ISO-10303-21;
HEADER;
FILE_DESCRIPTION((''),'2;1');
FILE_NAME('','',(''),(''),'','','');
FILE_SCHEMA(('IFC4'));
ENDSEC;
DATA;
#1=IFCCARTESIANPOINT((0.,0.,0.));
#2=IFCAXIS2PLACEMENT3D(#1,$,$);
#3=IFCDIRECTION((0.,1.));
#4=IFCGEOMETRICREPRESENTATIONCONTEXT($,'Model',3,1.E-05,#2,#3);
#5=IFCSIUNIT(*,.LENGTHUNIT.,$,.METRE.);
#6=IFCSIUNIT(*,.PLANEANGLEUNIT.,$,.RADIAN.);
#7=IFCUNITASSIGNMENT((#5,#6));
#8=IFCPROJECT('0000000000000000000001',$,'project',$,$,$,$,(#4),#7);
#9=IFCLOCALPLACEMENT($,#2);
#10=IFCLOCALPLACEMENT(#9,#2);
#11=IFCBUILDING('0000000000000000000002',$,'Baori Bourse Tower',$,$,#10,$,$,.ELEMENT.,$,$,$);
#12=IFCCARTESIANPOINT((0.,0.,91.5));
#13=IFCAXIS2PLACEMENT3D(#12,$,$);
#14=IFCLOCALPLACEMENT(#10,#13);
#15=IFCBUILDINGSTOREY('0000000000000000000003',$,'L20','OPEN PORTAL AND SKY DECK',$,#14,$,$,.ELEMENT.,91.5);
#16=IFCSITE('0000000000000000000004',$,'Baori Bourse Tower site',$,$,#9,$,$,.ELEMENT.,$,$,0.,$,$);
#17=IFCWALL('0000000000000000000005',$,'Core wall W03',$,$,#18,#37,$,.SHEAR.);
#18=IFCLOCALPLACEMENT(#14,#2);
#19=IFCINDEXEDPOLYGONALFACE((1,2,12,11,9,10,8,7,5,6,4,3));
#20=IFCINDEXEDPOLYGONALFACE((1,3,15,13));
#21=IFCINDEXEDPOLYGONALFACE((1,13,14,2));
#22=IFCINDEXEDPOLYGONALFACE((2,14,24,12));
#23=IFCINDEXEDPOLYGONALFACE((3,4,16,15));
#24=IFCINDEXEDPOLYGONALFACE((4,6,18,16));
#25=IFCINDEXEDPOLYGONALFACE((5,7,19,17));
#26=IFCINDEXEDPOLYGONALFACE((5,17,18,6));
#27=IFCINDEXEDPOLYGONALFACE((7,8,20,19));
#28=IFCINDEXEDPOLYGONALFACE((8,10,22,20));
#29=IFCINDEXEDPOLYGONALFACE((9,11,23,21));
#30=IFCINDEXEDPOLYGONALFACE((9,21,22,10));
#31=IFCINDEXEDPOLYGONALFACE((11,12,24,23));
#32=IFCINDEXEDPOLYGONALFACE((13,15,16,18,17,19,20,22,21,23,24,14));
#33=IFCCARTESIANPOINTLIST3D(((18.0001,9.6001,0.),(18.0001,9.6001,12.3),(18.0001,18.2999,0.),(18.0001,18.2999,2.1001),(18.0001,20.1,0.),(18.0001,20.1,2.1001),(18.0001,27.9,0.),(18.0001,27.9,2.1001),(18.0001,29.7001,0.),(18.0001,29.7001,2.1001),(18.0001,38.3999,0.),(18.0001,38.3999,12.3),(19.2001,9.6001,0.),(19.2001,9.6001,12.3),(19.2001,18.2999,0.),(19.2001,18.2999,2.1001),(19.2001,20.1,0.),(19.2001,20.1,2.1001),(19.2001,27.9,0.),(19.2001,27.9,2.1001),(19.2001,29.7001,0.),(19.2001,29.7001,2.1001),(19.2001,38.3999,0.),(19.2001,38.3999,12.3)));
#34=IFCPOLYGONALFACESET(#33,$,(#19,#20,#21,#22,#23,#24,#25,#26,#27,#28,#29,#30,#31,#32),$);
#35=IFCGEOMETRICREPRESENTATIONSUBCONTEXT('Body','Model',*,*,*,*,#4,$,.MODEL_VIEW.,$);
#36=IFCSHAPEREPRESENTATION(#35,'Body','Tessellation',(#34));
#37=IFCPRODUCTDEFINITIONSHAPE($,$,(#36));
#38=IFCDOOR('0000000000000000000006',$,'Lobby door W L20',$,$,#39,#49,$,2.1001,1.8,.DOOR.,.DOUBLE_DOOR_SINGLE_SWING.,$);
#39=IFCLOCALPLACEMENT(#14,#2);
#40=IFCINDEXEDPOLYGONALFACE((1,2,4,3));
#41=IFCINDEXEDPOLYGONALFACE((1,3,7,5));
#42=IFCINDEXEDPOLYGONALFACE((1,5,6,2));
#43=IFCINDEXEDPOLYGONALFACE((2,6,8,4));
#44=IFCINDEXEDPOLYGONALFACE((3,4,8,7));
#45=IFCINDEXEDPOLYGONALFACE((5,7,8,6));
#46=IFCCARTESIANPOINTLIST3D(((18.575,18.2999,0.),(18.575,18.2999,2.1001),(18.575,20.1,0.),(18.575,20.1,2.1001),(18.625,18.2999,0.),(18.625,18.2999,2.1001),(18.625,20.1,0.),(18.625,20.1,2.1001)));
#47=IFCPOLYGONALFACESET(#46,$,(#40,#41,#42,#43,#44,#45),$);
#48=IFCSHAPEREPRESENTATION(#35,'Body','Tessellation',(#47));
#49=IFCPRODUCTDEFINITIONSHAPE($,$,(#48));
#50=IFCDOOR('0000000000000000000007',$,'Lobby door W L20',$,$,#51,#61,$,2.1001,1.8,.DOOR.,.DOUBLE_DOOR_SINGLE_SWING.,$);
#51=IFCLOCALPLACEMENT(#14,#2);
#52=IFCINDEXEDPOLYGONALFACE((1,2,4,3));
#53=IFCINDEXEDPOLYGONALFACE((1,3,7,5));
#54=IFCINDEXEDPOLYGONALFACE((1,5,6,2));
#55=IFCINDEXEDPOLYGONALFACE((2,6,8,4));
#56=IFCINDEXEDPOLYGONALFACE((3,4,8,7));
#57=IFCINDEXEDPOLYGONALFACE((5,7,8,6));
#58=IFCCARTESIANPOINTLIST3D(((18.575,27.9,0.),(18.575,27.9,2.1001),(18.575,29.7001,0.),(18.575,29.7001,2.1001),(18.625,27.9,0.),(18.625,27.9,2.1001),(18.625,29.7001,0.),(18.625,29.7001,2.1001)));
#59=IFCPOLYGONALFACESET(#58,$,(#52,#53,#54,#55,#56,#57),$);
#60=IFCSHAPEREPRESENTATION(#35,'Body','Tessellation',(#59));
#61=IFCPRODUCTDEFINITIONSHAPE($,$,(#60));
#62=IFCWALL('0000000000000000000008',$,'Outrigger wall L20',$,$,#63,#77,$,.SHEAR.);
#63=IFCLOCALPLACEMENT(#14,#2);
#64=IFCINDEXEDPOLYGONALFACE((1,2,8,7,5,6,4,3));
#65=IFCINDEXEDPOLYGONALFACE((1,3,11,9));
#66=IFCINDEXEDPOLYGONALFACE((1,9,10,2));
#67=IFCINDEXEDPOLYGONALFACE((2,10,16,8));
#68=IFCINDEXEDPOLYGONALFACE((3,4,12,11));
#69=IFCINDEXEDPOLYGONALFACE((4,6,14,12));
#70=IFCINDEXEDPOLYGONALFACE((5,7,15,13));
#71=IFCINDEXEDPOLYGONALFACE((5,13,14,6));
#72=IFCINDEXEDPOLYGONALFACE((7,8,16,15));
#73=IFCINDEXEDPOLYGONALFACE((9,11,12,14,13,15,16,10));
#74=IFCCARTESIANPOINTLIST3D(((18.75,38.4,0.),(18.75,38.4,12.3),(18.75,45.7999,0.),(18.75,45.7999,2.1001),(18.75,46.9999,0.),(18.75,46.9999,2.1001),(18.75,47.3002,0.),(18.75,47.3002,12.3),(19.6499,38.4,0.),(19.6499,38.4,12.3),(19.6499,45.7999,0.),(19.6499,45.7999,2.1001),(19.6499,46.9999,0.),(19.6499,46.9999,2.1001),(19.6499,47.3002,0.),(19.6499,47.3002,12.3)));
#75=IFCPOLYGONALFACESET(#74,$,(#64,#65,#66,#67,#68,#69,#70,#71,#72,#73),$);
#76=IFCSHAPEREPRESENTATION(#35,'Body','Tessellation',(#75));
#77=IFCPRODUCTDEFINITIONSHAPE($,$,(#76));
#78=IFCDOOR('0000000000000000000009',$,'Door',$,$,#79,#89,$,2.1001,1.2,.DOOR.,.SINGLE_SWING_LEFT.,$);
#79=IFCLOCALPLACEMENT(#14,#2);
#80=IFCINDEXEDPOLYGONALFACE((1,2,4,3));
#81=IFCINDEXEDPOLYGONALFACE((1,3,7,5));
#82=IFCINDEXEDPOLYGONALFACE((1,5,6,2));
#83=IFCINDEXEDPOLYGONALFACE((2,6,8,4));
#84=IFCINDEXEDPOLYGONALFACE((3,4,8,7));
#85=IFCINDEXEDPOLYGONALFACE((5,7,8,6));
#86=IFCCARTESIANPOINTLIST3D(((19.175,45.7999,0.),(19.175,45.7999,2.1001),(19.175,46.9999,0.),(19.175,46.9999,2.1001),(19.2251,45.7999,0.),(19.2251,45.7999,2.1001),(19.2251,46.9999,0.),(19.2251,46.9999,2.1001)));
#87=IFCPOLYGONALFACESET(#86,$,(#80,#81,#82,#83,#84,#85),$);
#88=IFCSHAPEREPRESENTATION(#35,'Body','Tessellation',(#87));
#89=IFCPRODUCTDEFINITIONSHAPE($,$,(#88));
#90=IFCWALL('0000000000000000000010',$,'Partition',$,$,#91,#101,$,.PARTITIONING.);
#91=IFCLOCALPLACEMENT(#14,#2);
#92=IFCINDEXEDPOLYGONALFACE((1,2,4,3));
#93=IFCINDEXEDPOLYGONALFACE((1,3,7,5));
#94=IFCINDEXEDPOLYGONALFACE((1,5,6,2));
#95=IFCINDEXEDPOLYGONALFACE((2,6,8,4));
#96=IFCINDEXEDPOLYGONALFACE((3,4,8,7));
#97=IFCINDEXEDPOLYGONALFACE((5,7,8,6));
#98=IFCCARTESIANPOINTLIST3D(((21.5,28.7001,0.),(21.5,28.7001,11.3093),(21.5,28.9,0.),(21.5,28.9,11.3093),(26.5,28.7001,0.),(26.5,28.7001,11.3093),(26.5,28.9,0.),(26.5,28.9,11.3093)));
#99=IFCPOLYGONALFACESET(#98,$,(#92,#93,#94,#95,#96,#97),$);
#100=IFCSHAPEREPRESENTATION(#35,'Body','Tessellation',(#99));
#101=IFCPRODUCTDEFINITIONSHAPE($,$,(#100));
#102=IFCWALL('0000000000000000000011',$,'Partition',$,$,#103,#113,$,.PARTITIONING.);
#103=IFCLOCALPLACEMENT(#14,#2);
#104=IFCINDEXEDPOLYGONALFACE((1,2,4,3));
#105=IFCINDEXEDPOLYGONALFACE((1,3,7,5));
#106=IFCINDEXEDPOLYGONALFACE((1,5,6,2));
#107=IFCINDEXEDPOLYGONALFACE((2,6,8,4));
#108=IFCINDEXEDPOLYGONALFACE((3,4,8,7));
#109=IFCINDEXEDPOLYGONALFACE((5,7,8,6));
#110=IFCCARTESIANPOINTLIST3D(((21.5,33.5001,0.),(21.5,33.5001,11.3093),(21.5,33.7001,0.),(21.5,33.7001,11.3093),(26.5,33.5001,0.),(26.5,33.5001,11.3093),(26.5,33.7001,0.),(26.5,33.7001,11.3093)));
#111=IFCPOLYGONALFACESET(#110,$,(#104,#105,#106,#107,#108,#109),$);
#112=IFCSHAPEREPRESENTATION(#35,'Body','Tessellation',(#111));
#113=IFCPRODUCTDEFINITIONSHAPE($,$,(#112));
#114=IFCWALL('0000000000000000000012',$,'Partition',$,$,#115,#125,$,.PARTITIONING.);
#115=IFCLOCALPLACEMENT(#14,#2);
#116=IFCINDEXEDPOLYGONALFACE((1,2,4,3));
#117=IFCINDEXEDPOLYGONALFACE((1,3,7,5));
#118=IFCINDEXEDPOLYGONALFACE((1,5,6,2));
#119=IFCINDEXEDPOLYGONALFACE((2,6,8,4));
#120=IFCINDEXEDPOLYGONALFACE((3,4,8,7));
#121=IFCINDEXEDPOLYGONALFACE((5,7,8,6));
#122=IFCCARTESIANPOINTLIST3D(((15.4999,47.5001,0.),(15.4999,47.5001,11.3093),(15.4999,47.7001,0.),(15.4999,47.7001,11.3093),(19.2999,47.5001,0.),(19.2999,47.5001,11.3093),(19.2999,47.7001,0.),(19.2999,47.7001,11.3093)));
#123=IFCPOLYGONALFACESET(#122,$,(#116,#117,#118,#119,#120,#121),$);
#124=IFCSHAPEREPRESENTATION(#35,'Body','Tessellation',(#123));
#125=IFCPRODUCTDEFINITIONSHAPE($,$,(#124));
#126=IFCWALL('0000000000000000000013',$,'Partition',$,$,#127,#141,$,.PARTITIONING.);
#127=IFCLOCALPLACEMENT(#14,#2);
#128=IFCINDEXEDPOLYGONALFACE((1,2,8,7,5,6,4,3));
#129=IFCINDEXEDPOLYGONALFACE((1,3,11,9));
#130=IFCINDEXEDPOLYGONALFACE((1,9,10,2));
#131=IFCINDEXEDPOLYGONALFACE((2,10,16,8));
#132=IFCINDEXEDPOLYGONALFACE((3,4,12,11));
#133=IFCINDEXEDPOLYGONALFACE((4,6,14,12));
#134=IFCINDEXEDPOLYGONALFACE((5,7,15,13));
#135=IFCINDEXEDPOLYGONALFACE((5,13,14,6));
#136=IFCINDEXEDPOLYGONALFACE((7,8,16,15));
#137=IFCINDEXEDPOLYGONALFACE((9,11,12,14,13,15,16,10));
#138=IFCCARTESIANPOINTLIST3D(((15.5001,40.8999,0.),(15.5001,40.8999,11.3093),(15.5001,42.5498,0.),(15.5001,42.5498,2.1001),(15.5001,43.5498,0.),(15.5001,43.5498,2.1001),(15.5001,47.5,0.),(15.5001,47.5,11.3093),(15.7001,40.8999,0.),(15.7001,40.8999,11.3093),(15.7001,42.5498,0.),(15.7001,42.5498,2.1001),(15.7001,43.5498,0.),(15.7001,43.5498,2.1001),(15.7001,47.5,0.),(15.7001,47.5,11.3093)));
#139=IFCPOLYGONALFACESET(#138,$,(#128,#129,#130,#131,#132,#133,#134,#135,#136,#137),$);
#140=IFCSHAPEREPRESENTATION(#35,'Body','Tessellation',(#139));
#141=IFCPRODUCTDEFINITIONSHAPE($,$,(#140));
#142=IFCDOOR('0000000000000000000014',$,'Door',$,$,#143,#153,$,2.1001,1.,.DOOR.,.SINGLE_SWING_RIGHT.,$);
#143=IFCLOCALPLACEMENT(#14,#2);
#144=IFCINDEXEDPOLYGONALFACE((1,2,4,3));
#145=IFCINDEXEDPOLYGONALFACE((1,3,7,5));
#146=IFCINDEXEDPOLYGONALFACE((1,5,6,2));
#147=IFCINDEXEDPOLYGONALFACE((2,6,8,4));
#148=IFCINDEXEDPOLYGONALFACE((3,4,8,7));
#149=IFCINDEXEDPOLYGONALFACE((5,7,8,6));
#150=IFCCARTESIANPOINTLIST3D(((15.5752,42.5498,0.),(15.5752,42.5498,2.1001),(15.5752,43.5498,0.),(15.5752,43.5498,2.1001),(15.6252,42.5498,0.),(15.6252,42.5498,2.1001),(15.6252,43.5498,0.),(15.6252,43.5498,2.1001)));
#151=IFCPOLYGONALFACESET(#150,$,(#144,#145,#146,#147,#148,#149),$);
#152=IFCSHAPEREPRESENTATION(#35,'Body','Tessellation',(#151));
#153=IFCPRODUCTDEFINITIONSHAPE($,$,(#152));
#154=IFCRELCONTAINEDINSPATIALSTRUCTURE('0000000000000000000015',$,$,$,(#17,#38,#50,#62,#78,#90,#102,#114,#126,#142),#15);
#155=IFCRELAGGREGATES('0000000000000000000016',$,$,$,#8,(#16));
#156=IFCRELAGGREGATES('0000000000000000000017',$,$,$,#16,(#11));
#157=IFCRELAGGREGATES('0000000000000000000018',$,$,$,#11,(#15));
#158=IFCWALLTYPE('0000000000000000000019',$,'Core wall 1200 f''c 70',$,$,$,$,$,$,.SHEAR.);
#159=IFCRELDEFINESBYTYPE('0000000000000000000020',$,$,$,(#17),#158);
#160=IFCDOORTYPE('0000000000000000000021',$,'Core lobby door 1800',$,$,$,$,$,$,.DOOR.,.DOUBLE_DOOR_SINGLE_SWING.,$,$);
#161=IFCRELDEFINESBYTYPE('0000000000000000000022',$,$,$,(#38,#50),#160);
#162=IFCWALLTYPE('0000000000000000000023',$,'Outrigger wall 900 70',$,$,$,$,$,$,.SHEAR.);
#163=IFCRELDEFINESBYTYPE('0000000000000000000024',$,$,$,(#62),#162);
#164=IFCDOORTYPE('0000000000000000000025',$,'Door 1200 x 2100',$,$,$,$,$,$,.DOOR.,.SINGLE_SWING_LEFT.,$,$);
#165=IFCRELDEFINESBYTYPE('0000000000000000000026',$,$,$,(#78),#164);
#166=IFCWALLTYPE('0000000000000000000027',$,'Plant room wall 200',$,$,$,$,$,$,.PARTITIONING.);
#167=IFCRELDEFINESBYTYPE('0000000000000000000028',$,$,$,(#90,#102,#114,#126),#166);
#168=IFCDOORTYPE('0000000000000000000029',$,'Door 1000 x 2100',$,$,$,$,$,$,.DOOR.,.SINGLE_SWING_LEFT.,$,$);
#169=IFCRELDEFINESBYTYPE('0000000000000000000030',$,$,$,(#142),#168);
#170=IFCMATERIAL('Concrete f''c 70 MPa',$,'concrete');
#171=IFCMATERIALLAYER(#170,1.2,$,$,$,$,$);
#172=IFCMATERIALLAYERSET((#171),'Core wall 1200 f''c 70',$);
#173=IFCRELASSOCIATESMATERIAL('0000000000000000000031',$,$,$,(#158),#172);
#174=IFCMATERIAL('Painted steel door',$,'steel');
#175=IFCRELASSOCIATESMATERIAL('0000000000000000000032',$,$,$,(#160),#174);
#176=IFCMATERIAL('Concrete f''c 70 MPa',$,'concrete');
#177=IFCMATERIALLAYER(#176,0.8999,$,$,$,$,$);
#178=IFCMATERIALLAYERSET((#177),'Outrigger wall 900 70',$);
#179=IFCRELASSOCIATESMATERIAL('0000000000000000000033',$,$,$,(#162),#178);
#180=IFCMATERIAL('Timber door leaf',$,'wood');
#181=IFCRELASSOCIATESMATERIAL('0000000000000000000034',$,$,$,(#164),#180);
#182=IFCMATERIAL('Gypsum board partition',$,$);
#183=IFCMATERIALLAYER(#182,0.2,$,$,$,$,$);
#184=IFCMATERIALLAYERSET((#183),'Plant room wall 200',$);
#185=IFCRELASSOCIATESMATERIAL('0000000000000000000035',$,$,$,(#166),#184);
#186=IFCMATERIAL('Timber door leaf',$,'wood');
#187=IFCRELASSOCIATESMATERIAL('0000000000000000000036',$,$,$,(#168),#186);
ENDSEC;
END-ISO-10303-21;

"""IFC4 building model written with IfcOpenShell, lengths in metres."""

from ifc_helpers import new_model, si_unit, direction, frame, frame_2d, origin, place, context, subcontext, project, spatial, rectangle, extrude, material, layer, layer_set, type_object, element, fill, save


model = new_model("IFC4")

# Units and contexts
model_context = context("Model", 3, precision=1e-05, world=origin(), true_north=direction((0.0, 1.0)))
body_context = subcontext(model_context, "Body", "Model", "MODEL_VIEW")
ifc_project = project(units=[si_unit("LENGTHUNIT", "METRE"), si_unit("PLANEANGLEUNIT", "RADIAN")], contexts=[model_context])

# Site, building, storey
site_placement = place(None, origin())
site = spatial("IfcSite", under=ifc_project, at=site_placement, Name="Baori Bourse Tower site", CompositionType="ELEMENT", RefElevation=0.0)
building_placement = place(site_placement, origin())
building = spatial("IfcBuilding", under=site, at=building_placement, Name="Baori Bourse Tower", CompositionType="ELEMENT")
storey_placement = place(building_placement, frame((0.0, 0.0, 91.5)))
storey = spatial("IfcBuildingStorey", under=building, at=storey_placement, Name="L20", Description="OPEN PORTAL AND SKY DECK", CompositionType="ELEMENT", Elevation=91.5)

# Wall, openings, doors
ifc_material_1 = material(Name="Concrete f'c 70 MPa", Category="concrete")
ifc_layer_1 = layer(ifc_material_1, 1.2)
ifc_layer_set_1 = layer_set([ifc_layer_1], Name="Core wall 1200 f'c 70")
wall_type_1 = type_object("IfcWallType", Name="Core wall 1200 f'c 70", PredefinedType="SHEAR", material=ifc_layer_set_1)
wall_1_placement = place(storey_placement, frame((18.6001, 38.3999, 0.0), z_axis=(0.0, 0.0, 1.0), x_axis=(0.0, -1.0, 0.0)))
wall_1 = element("IfcWall", 1, at=wall_1_placement, inside=storey, type_object=wall_type_1, Name="Core wall W03", PredefinedType="SHEAR", context=body_context, shape_type="SweptSolid", body=[
    extrude(rectangle(XDim=28.7998, YDim=1.2, at=frame_2d((14.3999, 0.0))), origin(), (0.0, 0.0, 1.0), 12.3),
])
opening_1_placement = place(wall_1_placement, frame((18.3, 0.0, 0.0)))
opening_1 = element("IfcOpeningElement", 2, at=opening_1_placement, cuts=wall_1, PredefinedType="OPENING", context=body_context, shape_type="SweptSolid", body=[
    extrude(rectangle(XDim=1.8, YDim=2.1001, at=frame_2d((0.8999, 1.05))), frame((0.0, 0.6099, 0.0), z_axis=(0.0, -1.0, 0.0), x_axis=(1.0, 0.0, 0.0)), (0.0, 0.0, 1.0), 1.22),
])
opening_2_placement = place(wall_1_placement, frame((8.7, 0.0, 0.0)))
opening_2 = element("IfcOpeningElement", 3, at=opening_2_placement, cuts=wall_1, PredefinedType="OPENING", context=body_context, shape_type="SweptSolid", body=[
    extrude(rectangle(XDim=1.8, YDim=2.1001, at=frame_2d((0.8999, 1.05))), frame((0.0, 0.6099, 0.0), z_axis=(0.0, -1.0, 0.0), x_axis=(1.0, 0.0, 0.0)), (0.0, 0.0, 1.0), 1.22),
])
ifc_material_2 = material(Name="Painted steel door", Category="steel")
door_type_1 = type_object("IfcDoorType", Name="Core lobby door 1800", OperationType="DOUBLE_DOOR_SINGLE_SWING", PredefinedType="DOOR", material=ifc_material_2)
door_1_placement = place(opening_1_placement, origin())
door_1 = element("IfcDoor", 4, at=door_1_placement, inside=storey, type_object=door_type_1, Name="Lobby door W L20", OperationType="DOUBLE_DOOR_SINGLE_SWING", OverallHeight=2.1001, OverallWidth=1.8, PredefinedType="DOOR", context=body_context, shape_type="SweptSolid", body=[
    extrude(rectangle(XDim=1.8, YDim=2.1001, at=frame_2d((0.8999, 1.05))), frame((0.0, 0.0249, 0.0), z_axis=(0.0, -1.0, 0.0), x_axis=(1.0, 0.0, 0.0)), (0.0, 0.0, 1.0), 0.05),
])
fill(opening_1, door_1)
door_2_placement = place(opening_2_placement, origin())
door_2 = element("IfcDoor", 5, at=door_2_placement, inside=storey, type_object=door_type_1, Name="Lobby door W L20", OperationType="DOUBLE_DOOR_SINGLE_SWING", OverallHeight=2.1001, OverallWidth=1.8, PredefinedType="DOOR", context=body_context, shape_type="SweptSolid", body=[
    extrude(rectangle(XDim=1.8, YDim=2.1001, at=frame_2d((0.8999, 1.05))), frame((0.0, 0.0249, 0.0), z_axis=(0.0, -1.0, 0.0), x_axis=(1.0, 0.0, 0.0)), (0.0, 0.0, 1.0), 0.05),
])
fill(opening_2, door_2)

# Wall, opening, door
ifc_material_3 = material(Name="Concrete f'c 70 MPa", Category="concrete")
ifc_layer_2 = layer(ifc_material_3, 0.8999)
ifc_layer_set_2 = layer_set([ifc_layer_2], Name="Outrigger wall 900 70")
wall_type_2 = type_object("IfcWallType", Name="Outrigger wall 900 70", PredefinedType="SHEAR", material=ifc_layer_set_2)
wall_2_placement = place(storey_placement, frame((19.2, 38.3999, 0.0), z_axis=(0.0, 0.0, 1.0), x_axis=(0.0, 1.0, 0.0)))
wall_2 = element("IfcWall", 6, at=wall_2_placement, inside=storey, type_object=wall_type_2, Name="Outrigger wall L20", PredefinedType="SHEAR", context=body_context, shape_type="SweptSolid", body=[
    extrude(rectangle(XDim=8.9001, YDim=0.8999, at=frame_2d((4.4502, 0.0))), origin(), (0.0, 0.0, 1.0), 12.3),
])
opening_3_placement = place(wall_2_placement, frame((7.3999, 0.0, 0.0)))
opening_3 = element("IfcOpeningElement", 7, at=opening_3_placement, cuts=wall_2, PredefinedType="OPENING", context=body_context, shape_type="SweptSolid", body=[
    extrude(rectangle(XDim=1.2, YDim=2.1001, at=frame_2d((0.6001, 1.05))), frame((0.0, 0.46, 0.0), z_axis=(0.0, -1.0, 0.0), x_axis=(1.0, 0.0, 0.0)), (0.0, 0.0, 1.0), 0.9199),
])
ifc_material_4 = material(Name="Timber door leaf", Category="wood")
door_type_2 = type_object("IfcDoorType", Name="Door 1200 x 2100", OperationType="SINGLE_SWING_LEFT", PredefinedType="DOOR", material=ifc_material_4)
door_3_placement = place(opening_3_placement, origin())
door_3 = element("IfcDoor", 8, at=door_3_placement, inside=storey, type_object=door_type_2, Name="Door", OperationType="SINGLE_SWING_LEFT", OverallHeight=2.1001, OverallWidth=1.2, PredefinedType="DOOR", context=body_context, shape_type="SweptSolid", body=[
    extrude(rectangle(XDim=1.2, YDim=2.1001, at=frame_2d((0.6001, 1.05))), frame((0.0, 0.0249, 0.0), z_axis=(0.0, -1.0, 0.0), x_axis=(1.0, 0.0, 0.0)), (0.0, 0.0, 1.0), 0.05),
])
fill(opening_3, door_3)

# Walls
ifc_material_5 = material(Name="Gypsum board partition")
ifc_layer_3 = layer(ifc_material_5, 0.2)
ifc_layer_set_3 = layer_set([ifc_layer_3], Name="Plant room wall 200")
wall_type_3 = type_object("IfcWallType", Name="Plant room wall 200", PredefinedType="PARTITIONING", material=ifc_layer_set_3)
for number, where, z_axis, x_axis, name in (
    (9, (21.5, 28.8, 0.0), (0.0, 0.0, 1.0), (1.0, 0.0, 0.0), "Partition"),
    (10, (21.5, 33.6001, 0.0), (0.0, 0.0, 1.0), (1.0, 0.0, 0.0), "Partition"),
):
    element("IfcWall", number, at=place(storey_placement, frame(where, z_axis=z_axis, x_axis=x_axis)), inside=storey, type_object=wall_type_3, Name=name, PredefinedType="PARTITIONING", context=body_context, shape_type="SweptSolid", body=[
        extrude(rectangle(XDim=5.0, YDim=0.2, at=frame_2d((2.5, 0.0))), origin(), (0.0, 0.0, 1.0), 11.3093),
    ])
wall_3_placement = place(storey_placement, frame((15.5, 47.6001, 0.0), z_axis=(0.0, 0.0, 1.0), x_axis=(1.0, 0.0, 0.0)))
element("IfcWall", 11, at=wall_3_placement, inside=storey, type_object=wall_type_3, Name="Partition", PredefinedType="PARTITIONING", context=body_context, shape_type="SweptSolid", body=[
    extrude(rectangle(XDim=3.8, YDim=0.2, at=frame_2d((1.8999, 0.0))), origin(), (0.0, 0.0, 1.0), 11.3093),
])

# Wall, opening, door
wall_4_placement = place(storey_placement, frame((15.6001, 40.8999, 0.0), z_axis=(0.0, 0.0, 1.0), x_axis=(0.0, 1.0, 0.0)))
wall_4 = element("IfcWall", 12, at=wall_4_placement, inside=storey, type_object=wall_type_3, Name="Partition", PredefinedType="PARTITIONING", context=body_context, shape_type="SweptSolid", body=[
    extrude(rectangle(XDim=6.6001, YDim=0.2, at=frame_2d((3.3, 0.0))), origin(), (0.0, 0.0, 1.0), 11.3093),
])
opening_4_placement = place(wall_4_placement, frame((1.6499, 0.0, 0.0)))
opening_4 = element("IfcOpeningElement", 13, at=opening_4_placement, cuts=wall_4, PredefinedType="OPENING", context=body_context, shape_type="SweptSolid", body=[
    extrude(rectangle(XDim=1.0, YDim=2.1001, at=frame_2d((0.5, 1.05))), frame((0.0, 0.1099, 0.0), z_axis=(0.0, -1.0, 0.0), x_axis=(1.0, 0.0, 0.0)), (0.0, 0.0, 1.0), 0.22),
])
ifc_material_6 = material(Name="Timber door leaf", Category="wood")
door_type_3 = type_object("IfcDoorType", Name="Door 1000 x 2100", OperationType="SINGLE_SWING_LEFT", PredefinedType="DOOR", material=ifc_material_6)
door_4_placement = place(opening_4_placement, origin())
door_4 = element("IfcDoor", 14, at=door_4_placement, inside=storey, type_object=door_type_3, Name="Door", OperationType="SINGLE_SWING_RIGHT", OverallHeight=2.1001, OverallWidth=1.0, PredefinedType="DOOR", context=body_context, shape_type="SweptSolid", body=[
    extrude(rectangle(XDim=1.0, YDim=2.1001, at=frame_2d((0.5, 1.05))), frame((0.0, 0.0249, 0.0), z_axis=(0.0, -1.0, 0.0), x_axis=(1.0, 0.0, 0.0)), (0.0, 0.0, 1.0), 0.05),
])
fill(opening_4, door_4)

save(model, "model.ifc")
